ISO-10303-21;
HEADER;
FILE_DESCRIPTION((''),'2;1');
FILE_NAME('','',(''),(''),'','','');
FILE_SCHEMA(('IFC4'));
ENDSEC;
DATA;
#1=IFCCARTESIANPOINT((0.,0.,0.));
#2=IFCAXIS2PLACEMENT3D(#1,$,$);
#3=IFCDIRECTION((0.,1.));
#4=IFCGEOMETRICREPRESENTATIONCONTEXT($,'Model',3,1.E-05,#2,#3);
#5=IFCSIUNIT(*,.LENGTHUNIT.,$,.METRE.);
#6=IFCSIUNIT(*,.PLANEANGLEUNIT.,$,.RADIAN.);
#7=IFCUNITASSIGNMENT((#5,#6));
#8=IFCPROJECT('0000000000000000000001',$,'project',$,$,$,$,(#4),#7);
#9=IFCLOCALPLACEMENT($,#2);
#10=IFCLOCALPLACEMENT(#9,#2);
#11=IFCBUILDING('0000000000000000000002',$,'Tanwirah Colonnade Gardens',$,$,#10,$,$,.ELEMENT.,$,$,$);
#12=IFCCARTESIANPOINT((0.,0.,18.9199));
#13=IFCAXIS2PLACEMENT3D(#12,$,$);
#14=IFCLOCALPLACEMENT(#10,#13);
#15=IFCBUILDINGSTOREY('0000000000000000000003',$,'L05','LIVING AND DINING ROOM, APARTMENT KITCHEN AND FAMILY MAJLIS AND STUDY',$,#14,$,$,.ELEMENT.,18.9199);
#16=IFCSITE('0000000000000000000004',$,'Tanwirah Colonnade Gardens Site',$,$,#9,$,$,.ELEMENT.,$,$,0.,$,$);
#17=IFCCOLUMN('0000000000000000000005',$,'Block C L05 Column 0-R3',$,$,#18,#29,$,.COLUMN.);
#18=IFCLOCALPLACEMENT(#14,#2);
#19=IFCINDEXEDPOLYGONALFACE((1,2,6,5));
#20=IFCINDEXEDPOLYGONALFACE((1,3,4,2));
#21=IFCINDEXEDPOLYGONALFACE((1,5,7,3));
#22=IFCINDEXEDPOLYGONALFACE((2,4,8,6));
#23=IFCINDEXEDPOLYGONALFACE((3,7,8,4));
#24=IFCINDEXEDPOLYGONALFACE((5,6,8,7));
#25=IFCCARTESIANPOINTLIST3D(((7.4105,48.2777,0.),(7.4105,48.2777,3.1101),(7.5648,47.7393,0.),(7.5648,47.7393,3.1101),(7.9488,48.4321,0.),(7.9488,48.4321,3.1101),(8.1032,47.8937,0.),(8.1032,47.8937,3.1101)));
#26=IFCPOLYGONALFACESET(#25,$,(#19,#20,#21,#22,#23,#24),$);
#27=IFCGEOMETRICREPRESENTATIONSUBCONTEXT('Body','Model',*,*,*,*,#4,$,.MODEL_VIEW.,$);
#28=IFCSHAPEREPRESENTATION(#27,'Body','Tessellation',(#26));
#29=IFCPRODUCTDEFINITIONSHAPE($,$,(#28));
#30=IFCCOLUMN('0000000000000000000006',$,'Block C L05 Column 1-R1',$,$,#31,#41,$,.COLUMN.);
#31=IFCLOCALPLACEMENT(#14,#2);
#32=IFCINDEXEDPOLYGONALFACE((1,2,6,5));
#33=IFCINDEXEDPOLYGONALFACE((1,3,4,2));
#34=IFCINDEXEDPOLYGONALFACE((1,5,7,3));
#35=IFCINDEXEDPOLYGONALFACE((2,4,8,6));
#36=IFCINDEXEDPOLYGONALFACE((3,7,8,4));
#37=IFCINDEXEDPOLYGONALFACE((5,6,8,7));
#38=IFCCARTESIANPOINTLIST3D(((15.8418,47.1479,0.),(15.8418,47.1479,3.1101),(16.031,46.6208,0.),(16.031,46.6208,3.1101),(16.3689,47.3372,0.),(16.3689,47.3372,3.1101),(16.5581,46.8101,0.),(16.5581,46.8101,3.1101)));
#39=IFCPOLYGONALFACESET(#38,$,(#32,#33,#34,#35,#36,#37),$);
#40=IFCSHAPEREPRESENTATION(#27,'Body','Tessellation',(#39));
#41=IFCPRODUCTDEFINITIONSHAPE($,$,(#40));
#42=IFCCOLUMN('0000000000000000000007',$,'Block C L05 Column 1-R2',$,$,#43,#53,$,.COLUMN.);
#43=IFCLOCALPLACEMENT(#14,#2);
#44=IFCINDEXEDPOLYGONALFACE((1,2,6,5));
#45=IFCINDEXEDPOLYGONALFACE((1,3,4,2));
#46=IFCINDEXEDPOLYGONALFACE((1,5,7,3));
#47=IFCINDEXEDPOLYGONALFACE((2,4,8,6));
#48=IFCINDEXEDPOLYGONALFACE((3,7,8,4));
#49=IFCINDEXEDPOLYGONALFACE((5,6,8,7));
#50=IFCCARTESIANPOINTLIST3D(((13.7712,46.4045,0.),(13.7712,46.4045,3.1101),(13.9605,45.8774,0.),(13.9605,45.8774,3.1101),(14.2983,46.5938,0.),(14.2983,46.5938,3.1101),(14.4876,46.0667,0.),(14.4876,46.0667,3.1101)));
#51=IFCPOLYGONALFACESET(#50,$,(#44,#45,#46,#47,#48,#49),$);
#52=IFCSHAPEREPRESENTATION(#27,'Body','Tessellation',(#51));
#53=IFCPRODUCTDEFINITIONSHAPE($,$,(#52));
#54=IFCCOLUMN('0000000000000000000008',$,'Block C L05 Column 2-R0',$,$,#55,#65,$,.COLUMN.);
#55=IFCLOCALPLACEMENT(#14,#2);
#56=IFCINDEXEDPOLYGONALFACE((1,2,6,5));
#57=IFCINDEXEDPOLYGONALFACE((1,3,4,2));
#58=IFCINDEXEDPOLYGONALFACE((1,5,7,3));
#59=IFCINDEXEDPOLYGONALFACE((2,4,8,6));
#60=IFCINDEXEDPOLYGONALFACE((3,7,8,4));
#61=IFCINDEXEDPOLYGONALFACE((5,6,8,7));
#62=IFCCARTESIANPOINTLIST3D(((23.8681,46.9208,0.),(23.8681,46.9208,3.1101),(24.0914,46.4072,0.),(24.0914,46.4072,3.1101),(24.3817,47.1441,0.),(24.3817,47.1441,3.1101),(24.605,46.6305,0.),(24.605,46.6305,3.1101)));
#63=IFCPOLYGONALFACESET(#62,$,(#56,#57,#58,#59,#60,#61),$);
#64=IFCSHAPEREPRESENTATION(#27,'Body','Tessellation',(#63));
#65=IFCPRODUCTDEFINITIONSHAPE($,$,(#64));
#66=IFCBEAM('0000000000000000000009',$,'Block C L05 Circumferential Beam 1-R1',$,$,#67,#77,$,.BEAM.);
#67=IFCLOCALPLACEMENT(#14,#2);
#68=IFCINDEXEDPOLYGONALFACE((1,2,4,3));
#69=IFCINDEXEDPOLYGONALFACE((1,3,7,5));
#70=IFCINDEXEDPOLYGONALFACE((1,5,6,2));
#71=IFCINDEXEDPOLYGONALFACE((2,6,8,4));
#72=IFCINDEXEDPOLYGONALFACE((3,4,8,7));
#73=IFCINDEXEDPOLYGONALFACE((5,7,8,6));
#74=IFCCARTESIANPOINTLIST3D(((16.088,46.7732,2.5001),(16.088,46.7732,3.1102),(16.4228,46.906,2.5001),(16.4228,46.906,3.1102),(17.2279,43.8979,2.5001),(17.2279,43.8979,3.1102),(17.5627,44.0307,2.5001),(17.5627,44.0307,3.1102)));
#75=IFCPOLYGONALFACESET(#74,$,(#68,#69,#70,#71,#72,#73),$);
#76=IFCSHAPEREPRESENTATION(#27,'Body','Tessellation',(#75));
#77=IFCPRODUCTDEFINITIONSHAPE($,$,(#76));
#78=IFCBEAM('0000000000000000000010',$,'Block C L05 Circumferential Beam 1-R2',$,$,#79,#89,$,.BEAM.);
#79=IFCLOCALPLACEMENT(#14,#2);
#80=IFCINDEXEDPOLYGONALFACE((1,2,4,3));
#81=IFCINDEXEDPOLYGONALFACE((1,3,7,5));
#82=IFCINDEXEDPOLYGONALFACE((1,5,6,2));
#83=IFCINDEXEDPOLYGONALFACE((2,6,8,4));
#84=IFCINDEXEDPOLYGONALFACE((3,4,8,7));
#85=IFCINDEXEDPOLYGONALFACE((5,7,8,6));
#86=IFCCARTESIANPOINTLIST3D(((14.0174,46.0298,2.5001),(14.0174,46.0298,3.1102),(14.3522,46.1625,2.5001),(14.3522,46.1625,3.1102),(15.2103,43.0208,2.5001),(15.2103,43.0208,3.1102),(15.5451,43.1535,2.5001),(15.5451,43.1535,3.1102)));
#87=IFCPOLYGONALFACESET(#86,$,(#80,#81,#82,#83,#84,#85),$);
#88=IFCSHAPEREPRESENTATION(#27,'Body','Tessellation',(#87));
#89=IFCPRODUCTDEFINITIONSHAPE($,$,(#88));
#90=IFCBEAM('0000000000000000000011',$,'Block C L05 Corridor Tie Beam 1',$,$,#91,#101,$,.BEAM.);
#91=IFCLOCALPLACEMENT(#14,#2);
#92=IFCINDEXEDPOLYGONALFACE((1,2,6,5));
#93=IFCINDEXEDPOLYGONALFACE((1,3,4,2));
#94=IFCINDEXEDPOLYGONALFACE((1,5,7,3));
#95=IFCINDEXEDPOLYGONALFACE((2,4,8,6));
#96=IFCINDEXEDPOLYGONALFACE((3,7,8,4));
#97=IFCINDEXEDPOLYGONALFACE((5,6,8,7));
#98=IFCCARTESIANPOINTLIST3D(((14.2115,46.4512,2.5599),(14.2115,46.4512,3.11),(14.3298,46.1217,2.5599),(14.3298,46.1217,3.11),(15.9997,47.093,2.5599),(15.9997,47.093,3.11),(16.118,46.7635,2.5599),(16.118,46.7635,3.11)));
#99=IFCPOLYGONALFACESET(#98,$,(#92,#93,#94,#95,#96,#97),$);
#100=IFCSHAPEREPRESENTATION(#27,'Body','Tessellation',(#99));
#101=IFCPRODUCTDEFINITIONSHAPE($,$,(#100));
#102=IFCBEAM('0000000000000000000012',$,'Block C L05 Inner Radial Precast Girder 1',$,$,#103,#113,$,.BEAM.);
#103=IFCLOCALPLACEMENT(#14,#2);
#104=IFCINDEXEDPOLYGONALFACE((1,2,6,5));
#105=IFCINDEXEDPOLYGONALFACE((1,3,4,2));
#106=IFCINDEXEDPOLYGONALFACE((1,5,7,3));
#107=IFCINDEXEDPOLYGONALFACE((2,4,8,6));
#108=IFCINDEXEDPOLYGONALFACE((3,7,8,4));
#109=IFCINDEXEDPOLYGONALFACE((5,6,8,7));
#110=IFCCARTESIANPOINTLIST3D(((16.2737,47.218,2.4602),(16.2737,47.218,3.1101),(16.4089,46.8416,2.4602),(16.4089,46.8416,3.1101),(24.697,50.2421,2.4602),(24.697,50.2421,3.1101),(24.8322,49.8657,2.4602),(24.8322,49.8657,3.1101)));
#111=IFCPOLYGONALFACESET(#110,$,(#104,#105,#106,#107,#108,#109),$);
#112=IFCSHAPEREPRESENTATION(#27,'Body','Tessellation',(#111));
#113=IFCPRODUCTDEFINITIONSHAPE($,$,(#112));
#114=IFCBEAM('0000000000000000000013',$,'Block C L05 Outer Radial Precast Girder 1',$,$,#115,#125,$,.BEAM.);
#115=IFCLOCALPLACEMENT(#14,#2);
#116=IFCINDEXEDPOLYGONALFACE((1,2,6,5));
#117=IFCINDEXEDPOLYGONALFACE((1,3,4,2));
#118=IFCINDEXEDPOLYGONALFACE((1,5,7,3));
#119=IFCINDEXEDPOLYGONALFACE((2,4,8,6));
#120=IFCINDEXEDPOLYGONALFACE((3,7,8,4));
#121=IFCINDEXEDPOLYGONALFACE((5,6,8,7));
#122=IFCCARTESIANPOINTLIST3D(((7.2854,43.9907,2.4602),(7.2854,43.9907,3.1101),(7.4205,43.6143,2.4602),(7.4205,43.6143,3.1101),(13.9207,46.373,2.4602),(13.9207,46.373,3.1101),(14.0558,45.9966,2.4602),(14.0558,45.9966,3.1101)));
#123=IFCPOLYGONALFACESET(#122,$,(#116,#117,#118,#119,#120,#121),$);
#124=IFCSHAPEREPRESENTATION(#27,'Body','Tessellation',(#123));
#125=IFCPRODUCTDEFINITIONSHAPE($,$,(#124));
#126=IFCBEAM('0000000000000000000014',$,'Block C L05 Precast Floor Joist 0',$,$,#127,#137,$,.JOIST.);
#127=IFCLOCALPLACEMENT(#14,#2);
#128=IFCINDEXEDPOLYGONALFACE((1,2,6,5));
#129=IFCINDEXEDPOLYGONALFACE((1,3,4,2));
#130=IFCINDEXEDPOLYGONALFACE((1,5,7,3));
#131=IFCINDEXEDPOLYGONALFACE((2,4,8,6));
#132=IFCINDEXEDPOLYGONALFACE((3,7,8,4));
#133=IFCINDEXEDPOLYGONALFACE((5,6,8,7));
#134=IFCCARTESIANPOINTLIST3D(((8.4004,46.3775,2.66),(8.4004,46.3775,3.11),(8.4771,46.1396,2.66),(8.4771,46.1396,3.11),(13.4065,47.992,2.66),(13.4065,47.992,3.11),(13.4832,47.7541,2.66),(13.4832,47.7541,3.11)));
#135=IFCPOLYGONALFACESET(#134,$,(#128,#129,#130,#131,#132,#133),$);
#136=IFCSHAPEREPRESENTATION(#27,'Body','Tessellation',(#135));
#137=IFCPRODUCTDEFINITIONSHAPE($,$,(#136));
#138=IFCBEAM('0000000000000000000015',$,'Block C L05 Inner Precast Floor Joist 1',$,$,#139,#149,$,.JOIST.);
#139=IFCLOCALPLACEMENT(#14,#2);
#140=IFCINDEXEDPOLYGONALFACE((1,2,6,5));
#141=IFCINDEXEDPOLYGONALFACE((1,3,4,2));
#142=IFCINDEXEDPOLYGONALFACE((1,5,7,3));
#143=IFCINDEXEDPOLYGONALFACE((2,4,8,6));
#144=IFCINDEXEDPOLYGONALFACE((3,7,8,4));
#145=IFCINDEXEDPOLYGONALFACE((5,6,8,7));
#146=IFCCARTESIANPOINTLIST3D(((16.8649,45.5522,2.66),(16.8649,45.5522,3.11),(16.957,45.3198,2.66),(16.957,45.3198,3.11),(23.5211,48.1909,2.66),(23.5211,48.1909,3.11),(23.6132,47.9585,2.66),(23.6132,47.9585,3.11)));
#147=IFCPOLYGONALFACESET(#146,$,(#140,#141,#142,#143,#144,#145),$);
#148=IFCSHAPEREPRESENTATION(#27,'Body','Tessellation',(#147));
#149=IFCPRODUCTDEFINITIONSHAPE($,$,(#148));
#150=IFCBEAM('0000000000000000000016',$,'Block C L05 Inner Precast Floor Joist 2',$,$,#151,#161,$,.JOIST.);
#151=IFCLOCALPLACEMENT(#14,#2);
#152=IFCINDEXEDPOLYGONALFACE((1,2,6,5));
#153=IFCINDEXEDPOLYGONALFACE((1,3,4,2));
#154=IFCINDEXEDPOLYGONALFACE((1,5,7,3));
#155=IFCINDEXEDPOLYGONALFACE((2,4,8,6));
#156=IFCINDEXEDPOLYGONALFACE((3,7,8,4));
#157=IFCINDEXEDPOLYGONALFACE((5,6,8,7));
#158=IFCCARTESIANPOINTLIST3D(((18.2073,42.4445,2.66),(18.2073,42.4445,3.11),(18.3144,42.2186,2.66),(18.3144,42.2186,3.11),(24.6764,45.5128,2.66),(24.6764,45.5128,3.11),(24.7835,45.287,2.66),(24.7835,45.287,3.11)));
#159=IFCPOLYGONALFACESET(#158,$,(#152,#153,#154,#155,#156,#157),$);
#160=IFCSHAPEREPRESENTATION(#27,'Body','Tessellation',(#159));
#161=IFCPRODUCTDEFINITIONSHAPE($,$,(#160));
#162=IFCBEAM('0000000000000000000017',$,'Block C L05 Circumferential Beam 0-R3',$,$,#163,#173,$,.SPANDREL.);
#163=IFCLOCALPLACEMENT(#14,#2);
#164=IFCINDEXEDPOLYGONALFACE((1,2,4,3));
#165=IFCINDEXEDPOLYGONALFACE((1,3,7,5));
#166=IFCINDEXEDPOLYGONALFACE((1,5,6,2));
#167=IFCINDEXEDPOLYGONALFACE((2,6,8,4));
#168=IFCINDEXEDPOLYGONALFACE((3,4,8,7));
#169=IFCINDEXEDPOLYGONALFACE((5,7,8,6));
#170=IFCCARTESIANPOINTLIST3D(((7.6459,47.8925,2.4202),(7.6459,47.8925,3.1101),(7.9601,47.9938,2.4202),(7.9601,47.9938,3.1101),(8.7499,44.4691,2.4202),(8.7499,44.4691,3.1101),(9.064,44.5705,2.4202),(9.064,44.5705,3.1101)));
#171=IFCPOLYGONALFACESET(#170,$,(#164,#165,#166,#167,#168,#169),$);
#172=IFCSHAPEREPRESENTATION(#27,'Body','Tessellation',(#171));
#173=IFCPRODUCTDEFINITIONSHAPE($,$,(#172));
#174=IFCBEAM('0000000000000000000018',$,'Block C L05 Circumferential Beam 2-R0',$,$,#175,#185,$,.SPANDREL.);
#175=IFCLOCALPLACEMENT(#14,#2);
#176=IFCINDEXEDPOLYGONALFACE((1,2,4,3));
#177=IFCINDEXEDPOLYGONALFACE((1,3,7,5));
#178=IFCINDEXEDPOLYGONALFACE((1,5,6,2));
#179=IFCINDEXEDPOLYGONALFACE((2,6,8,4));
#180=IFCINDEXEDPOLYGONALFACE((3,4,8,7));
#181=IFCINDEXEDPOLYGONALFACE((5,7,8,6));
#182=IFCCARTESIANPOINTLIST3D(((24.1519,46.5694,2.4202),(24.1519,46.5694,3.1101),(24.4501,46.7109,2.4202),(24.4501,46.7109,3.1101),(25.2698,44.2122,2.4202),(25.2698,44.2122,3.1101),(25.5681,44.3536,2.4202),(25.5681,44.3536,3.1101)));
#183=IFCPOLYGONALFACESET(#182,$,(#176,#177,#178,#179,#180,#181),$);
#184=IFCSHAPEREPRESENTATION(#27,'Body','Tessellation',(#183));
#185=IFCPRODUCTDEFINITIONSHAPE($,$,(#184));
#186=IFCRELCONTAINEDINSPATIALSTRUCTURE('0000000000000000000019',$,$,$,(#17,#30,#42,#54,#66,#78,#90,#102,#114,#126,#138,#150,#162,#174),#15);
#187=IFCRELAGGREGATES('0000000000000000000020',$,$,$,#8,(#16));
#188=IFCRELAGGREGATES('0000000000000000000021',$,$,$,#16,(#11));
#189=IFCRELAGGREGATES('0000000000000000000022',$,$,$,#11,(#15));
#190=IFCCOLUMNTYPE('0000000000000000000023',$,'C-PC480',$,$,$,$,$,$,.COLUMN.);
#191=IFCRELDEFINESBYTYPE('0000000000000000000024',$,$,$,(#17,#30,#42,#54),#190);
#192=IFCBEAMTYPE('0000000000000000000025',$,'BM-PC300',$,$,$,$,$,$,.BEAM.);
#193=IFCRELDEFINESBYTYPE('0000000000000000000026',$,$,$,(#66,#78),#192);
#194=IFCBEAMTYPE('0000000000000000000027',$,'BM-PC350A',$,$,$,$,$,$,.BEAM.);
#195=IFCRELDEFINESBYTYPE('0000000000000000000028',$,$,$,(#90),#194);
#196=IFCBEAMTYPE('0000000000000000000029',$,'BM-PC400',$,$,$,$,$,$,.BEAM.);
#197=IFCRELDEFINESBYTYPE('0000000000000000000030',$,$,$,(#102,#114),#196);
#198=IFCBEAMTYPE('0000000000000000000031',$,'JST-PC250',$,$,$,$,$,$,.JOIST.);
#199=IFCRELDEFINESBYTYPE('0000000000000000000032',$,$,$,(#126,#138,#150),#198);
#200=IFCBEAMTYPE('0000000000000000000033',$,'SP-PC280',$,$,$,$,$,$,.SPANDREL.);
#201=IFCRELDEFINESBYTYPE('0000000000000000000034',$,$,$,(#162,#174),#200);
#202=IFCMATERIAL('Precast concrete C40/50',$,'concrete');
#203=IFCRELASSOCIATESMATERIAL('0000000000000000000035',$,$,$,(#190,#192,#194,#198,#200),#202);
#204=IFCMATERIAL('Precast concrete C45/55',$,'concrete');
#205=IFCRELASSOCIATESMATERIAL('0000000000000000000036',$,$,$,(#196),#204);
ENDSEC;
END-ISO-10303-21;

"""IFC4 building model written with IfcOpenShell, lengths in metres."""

from ifc_helpers import new_model, si_unit, direction, frame, origin, origin_2d, place, context, subcontext, project, spatial, rectangle, extrude, material, material_profile, profile_set, type_object, element, save


model = new_model("IFC4")

# Units and contexts
model_context = context("Model", 3, precision=1e-05, world=origin(), true_north=direction((0.0, 1.0)))
body_context = subcontext(model_context, "Body", "Model", "MODEL_VIEW")
ifc_project = project(units=[si_unit("LENGTHUNIT", "METRE"), si_unit("PLANEANGLEUNIT", "RADIAN")], contexts=[model_context])

# Site, building, storey
site_placement = place(None, origin())
site = spatial("IfcSite", under=ifc_project, at=site_placement, Name="Tanwirah Colonnade Gardens Site", CompositionType="ELEMENT", RefElevation=0.0)
building_placement = place(site_placement, origin())
building = spatial("IfcBuilding", under=site, at=building_placement, Name="Tanwirah Colonnade Gardens", CompositionType="ELEMENT")
storey_placement = place(building_placement, frame((0.0, 0.0, 18.9199)))
storey = spatial("IfcBuildingStorey", under=building, at=storey_placement, Name="L05", Description="LIVING AND DINING ROOM, APARTMENT KITCHEN AND FAMILY MAJLIS AND STUDY", CompositionType="ELEMENT", Elevation=18.9199)

# Columns
ifc_material_1 = material(Name="Precast concrete C40/50", Category="concrete")
ifc_material_profile_1 = material_profile(ifc_material_1, rectangle(XDim=0.5601, YDim=0.5601, at=origin_2d()), Name="PC-COL 560x560")
ifc_profile_set_1 = profile_set([ifc_material_profile_1], Name="Precast concrete C40/50")
column_type = type_object("IfcColumnType", Name="C-PC480", PredefinedType="COLUMN", material=ifc_profile_set_1)
for number, where, z_axis, x_axis, name in (
    (1, (7.7568, 48.0857, 0.0), (0.0, 0.0, 1.0), (-0.961262, -0.275637, 0.0), "Block C L05 Column 0-R3"),
    (2, (16.2, 46.979, 0.0), (0.0, 0.0, 1.0), (-0.941176, -0.337917, 0.0), "Block C L05 Column 1-R1"),
    (3, (14.1294, 46.2356, 0.0), (0.0, 0.0, 1.0), (-0.941176, -0.337917, 0.0), "Block C L05 Column 1-R2"),
    (4, (24.2366, 46.7756, 0.0), (0.0, 0.0, 1.0), (-0.91706, -0.398749, 0.0), "Block C L05 Column 2-R0"),
):
    element("IfcColumn", number, at=place(storey_placement, frame(where, z_axis=z_axis, x_axis=x_axis)), inside=storey, type_object=column_type, Name=name, PredefinedType="COLUMN", context=body_context, shape_type="SweptSolid", body=[
        extrude(rectangle(XDim=0.5601, YDim=0.5601, at=origin_2d()), origin(), (0.0, 0.0, 1.0), 3.1101),
    ])

# Beams
ifc_material_profile_2 = material_profile(ifc_material_1, rectangle(XDim=0.3601, YDim=0.6101, at=origin_2d()), Name="PC-BM 360x610")
ifc_profile_set_2 = profile_set([ifc_material_profile_2], Name="Precast concrete C40/50")
beam_type_1 = type_object("IfcBeamType", Name="BM-PC300", PredefinedType="BEAM", material=ifc_profile_set_2)
beam_1_placement = place(storey_placement, frame((16.2554, 46.8396, 2.8052), z_axis=(0.368545, -0.92961, 0.0), x_axis=(0.92961, 0.368545, 0.0)))
element("IfcBeam", 5, at=beam_1_placement, inside=storey, type_object=beam_type_1, Name="Block C L05 Circumferential Beam 1-R1", PredefinedType="BEAM", context=body_context, shape_type="SweptSolid", body=[
    extrude(rectangle(XDim=0.3601, YDim=0.6101, at=origin_2d()), origin(), (0.0, 0.0, 1.0), 3.093),
])
beam_2_placement = place(storey_placement, frame((14.1848, 46.0962, 2.8052), z_axis=(0.368528, -0.929617, 0.0), x_axis=(0.929617, 0.368528, 0.0)))
element("IfcBeam", 6, at=beam_2_placement, inside=storey, type_object=beam_type_1, Name="Block C L05 Circumferential Beam 1-R2", PredefinedType="BEAM", context=body_context, shape_type="SweptSolid", body=[
    extrude(rectangle(XDim=0.3601, YDim=0.6101, at=origin_2d()), origin(), (0.0, 0.0, 1.0), 3.2368),
])
ifc_material_profile_3 = material_profile(ifc_material_1, rectangle(XDim=0.3501, YDim=0.55, at=origin_2d()), Name="PC-BM 350x550")
ifc_profile_set_3 = profile_set([ifc_material_profile_3], Name="Precast concrete C40/50")
beam_type_2 = type_object("IfcBeamType", Name="BM-PC350A", PredefinedType="BEAM", material=ifc_profile_set_3)
beam_3_placement = place(storey_placement, frame((16.0588, 46.9282, 2.835), z_axis=(-0.941215, -0.337809, 0.0), x_axis=(0.337809, -0.941215, 0.0)))
element("IfcBeam", 7, at=beam_3_placement, inside=storey, type_object=beam_type_2, Name="Block C L05 Corridor Tie Beam 1", PredefinedType="BEAM", context=body_context, shape_type="SweptSolid", body=[
    extrude(rectangle(XDim=0.3501, YDim=0.55, at=origin_2d()), origin(), (0.0, 0.0, 1.0), 1.8999),
])
ifc_material_2 = material(Name="Precast concrete C45/55", Category="concrete")
ifc_material_profile_4 = material_profile(ifc_material_2, rectangle(XDim=0.3999, YDim=0.6499, at=origin_2d()), Name="PC-BM 400x650")
ifc_profile_set_4 = profile_set([ifc_material_profile_4], Name="Precast concrete C45/55")
beam_type_3 = type_object("IfcBeamType", Name="BM-PC400", PredefinedType="BEAM", material=ifc_profile_set_4)
beam_4_placement = place(storey_placement, frame((16.3413, 47.0298, 2.7852), z_axis=(0.94118, 0.337905, 0.0), x_axis=(-0.337905, 0.94118, 0.0)))
element("IfcBeam", 8, at=beam_4_placement, inside=storey, type_object=beam_type_3, Name="Block C L05 Inner Radial Precast Girder 1", PredefinedType="BEAM", context=body_context, shape_type="SweptSolid", body=[
    extrude(rectangle(XDim=0.3999, YDim=0.6499, at=origin_2d()), origin(), (0.0, 0.0, 1.0), 8.9497),
])
beam_5_placement = place(storey_placement, frame((13.9883, 46.1848, 2.7852), z_axis=(-0.941175, -0.33792, 0.0), x_axis=(0.33792, -0.941175, 0.0)))
element("IfcBeam", 9, at=beam_5_placement, inside=storey, type_object=beam_type_3, Name="Block C L05 Outer Radial Precast Girder 1", PredefinedType="BEAM", context=body_context, shape_type="SweptSolid", body=[
    extrude(rectangle(XDim=0.3999, YDim=0.6499, at=origin_2d()), origin(), (0.0, 0.0, 1.0), 7.05),
])
ifc_material_profile_5 = material_profile(ifc_material_1, rectangle(XDim=0.25, YDim=0.45, at=origin_2d()), Name="PC-JST 250x450")
ifc_profile_set_5 = profile_set([ifc_material_profile_5], Name="Precast concrete C40/50")
beam_type_4 = type_object("IfcBeamType", Name="JST-PC250", PredefinedType="JOIST", material=ifc_profile_set_5)
beam_6_placement = place(storey_placement, frame((13.4448, 47.873, 2.885), z_axis=(-0.951729, -0.306939, 0.0), x_axis=(0.306939, -0.951729, 0.0)))
element("IfcBeam", 10, at=beam_6_placement, inside=storey, type_object=beam_type_4, Name="Block C L05 Precast Floor Joist 0", PredefinedType="JOIST", context=body_context, shape_type="SweptSolid", body=[
    extrude(rectangle(XDim=0.25, YDim=0.45, at=origin_2d()), origin(), (0.0, 0.0, 1.0), 5.26),
])
beam_7_placement = place(storey_placement, frame((23.5671, 48.0747, 2.885), z_axis=(-0.92962, -0.36852, 0.0), x_axis=(0.36852, -0.92962, 0.0)))
element("IfcBeam", 11, at=beam_7_placement, inside=storey, type_object=beam_type_4, Name="Block C L05 Inner Precast Floor Joist 1", PredefinedType="JOIST", context=body_context, shape_type="SweptSolid", body=[
    extrude(rectangle(XDim=0.25, YDim=0.45, at=origin_2d()), origin(), (0.0, 0.0, 1.0), 7.1602),
])
beam_8_placement = place(storey_placement, frame((24.73, 45.3999, 2.885), z_axis=(-0.903522, -0.428541, 0.0), x_axis=(0.428541, -0.903522, 0.0)))
element("IfcBeam", 12, at=beam_8_placement, inside=storey, type_object=beam_type_4, Name="Block C L05 Inner Precast Floor Joist 2", PredefinedType="JOIST", context=body_context, shape_type="SweptSolid", body=[
    extrude(rectangle(XDim=0.25, YDim=0.45, at=origin_2d()), origin(), (0.0, 0.0, 1.0), 7.1599),
])
ifc_material_profile_6 = material_profile(ifc_material_1, rectangle(XDim=0.3301, YDim=0.6899, at=origin_2d()), Name="PC-SP 330x690")
ifc_profile_set_6 = profile_set([ifc_material_profile_6], Name="Precast concrete C40/50")
beam_type_5 = type_object("IfcBeamType", Name="SP-PC280", PredefinedType="SPANDREL", material=ifc_profile_set_6)
beam_9_placement = place(storey_placement, frame((7.803, 47.9431, 2.7651), z_axis=(0.306927, -0.951733, 0.0), x_axis=(0.951733, 0.306927, 0.0)))
element("IfcBeam", 13, at=beam_9_placement, inside=storey, type_object=beam_type_5, Name="Block C L05 Circumferential Beam 0-R3", PredefinedType="SPANDREL", context=body_context, shape_type="SweptSolid", body=[
    extrude(rectangle(XDim=0.3301, YDim=0.6899, at=origin_2d()), origin(), (0.0, 0.0, 1.0), 3.5969),
])
beam_10_placement = place(storey_placement, frame((24.301, 46.6401, 2.7651), z_axis=(0.428513, -0.903536, 0.0), x_axis=(0.903536, 0.428513, 0.0)))
element("IfcBeam", 14, at=beam_10_placement, inside=storey, type_object=beam_type_5, Name="Block C L05 Circumferential Beam 2-R0", PredefinedType="SPANDREL", context=body_context, shape_type="SweptSolid", body=[
    extrude(rectangle(XDim=0.3301, YDim=0.6899, at=origin_2d()), origin(), (0.0, 0.0, 1.0), 2.6089),
])

save(model, "model.ifc")
